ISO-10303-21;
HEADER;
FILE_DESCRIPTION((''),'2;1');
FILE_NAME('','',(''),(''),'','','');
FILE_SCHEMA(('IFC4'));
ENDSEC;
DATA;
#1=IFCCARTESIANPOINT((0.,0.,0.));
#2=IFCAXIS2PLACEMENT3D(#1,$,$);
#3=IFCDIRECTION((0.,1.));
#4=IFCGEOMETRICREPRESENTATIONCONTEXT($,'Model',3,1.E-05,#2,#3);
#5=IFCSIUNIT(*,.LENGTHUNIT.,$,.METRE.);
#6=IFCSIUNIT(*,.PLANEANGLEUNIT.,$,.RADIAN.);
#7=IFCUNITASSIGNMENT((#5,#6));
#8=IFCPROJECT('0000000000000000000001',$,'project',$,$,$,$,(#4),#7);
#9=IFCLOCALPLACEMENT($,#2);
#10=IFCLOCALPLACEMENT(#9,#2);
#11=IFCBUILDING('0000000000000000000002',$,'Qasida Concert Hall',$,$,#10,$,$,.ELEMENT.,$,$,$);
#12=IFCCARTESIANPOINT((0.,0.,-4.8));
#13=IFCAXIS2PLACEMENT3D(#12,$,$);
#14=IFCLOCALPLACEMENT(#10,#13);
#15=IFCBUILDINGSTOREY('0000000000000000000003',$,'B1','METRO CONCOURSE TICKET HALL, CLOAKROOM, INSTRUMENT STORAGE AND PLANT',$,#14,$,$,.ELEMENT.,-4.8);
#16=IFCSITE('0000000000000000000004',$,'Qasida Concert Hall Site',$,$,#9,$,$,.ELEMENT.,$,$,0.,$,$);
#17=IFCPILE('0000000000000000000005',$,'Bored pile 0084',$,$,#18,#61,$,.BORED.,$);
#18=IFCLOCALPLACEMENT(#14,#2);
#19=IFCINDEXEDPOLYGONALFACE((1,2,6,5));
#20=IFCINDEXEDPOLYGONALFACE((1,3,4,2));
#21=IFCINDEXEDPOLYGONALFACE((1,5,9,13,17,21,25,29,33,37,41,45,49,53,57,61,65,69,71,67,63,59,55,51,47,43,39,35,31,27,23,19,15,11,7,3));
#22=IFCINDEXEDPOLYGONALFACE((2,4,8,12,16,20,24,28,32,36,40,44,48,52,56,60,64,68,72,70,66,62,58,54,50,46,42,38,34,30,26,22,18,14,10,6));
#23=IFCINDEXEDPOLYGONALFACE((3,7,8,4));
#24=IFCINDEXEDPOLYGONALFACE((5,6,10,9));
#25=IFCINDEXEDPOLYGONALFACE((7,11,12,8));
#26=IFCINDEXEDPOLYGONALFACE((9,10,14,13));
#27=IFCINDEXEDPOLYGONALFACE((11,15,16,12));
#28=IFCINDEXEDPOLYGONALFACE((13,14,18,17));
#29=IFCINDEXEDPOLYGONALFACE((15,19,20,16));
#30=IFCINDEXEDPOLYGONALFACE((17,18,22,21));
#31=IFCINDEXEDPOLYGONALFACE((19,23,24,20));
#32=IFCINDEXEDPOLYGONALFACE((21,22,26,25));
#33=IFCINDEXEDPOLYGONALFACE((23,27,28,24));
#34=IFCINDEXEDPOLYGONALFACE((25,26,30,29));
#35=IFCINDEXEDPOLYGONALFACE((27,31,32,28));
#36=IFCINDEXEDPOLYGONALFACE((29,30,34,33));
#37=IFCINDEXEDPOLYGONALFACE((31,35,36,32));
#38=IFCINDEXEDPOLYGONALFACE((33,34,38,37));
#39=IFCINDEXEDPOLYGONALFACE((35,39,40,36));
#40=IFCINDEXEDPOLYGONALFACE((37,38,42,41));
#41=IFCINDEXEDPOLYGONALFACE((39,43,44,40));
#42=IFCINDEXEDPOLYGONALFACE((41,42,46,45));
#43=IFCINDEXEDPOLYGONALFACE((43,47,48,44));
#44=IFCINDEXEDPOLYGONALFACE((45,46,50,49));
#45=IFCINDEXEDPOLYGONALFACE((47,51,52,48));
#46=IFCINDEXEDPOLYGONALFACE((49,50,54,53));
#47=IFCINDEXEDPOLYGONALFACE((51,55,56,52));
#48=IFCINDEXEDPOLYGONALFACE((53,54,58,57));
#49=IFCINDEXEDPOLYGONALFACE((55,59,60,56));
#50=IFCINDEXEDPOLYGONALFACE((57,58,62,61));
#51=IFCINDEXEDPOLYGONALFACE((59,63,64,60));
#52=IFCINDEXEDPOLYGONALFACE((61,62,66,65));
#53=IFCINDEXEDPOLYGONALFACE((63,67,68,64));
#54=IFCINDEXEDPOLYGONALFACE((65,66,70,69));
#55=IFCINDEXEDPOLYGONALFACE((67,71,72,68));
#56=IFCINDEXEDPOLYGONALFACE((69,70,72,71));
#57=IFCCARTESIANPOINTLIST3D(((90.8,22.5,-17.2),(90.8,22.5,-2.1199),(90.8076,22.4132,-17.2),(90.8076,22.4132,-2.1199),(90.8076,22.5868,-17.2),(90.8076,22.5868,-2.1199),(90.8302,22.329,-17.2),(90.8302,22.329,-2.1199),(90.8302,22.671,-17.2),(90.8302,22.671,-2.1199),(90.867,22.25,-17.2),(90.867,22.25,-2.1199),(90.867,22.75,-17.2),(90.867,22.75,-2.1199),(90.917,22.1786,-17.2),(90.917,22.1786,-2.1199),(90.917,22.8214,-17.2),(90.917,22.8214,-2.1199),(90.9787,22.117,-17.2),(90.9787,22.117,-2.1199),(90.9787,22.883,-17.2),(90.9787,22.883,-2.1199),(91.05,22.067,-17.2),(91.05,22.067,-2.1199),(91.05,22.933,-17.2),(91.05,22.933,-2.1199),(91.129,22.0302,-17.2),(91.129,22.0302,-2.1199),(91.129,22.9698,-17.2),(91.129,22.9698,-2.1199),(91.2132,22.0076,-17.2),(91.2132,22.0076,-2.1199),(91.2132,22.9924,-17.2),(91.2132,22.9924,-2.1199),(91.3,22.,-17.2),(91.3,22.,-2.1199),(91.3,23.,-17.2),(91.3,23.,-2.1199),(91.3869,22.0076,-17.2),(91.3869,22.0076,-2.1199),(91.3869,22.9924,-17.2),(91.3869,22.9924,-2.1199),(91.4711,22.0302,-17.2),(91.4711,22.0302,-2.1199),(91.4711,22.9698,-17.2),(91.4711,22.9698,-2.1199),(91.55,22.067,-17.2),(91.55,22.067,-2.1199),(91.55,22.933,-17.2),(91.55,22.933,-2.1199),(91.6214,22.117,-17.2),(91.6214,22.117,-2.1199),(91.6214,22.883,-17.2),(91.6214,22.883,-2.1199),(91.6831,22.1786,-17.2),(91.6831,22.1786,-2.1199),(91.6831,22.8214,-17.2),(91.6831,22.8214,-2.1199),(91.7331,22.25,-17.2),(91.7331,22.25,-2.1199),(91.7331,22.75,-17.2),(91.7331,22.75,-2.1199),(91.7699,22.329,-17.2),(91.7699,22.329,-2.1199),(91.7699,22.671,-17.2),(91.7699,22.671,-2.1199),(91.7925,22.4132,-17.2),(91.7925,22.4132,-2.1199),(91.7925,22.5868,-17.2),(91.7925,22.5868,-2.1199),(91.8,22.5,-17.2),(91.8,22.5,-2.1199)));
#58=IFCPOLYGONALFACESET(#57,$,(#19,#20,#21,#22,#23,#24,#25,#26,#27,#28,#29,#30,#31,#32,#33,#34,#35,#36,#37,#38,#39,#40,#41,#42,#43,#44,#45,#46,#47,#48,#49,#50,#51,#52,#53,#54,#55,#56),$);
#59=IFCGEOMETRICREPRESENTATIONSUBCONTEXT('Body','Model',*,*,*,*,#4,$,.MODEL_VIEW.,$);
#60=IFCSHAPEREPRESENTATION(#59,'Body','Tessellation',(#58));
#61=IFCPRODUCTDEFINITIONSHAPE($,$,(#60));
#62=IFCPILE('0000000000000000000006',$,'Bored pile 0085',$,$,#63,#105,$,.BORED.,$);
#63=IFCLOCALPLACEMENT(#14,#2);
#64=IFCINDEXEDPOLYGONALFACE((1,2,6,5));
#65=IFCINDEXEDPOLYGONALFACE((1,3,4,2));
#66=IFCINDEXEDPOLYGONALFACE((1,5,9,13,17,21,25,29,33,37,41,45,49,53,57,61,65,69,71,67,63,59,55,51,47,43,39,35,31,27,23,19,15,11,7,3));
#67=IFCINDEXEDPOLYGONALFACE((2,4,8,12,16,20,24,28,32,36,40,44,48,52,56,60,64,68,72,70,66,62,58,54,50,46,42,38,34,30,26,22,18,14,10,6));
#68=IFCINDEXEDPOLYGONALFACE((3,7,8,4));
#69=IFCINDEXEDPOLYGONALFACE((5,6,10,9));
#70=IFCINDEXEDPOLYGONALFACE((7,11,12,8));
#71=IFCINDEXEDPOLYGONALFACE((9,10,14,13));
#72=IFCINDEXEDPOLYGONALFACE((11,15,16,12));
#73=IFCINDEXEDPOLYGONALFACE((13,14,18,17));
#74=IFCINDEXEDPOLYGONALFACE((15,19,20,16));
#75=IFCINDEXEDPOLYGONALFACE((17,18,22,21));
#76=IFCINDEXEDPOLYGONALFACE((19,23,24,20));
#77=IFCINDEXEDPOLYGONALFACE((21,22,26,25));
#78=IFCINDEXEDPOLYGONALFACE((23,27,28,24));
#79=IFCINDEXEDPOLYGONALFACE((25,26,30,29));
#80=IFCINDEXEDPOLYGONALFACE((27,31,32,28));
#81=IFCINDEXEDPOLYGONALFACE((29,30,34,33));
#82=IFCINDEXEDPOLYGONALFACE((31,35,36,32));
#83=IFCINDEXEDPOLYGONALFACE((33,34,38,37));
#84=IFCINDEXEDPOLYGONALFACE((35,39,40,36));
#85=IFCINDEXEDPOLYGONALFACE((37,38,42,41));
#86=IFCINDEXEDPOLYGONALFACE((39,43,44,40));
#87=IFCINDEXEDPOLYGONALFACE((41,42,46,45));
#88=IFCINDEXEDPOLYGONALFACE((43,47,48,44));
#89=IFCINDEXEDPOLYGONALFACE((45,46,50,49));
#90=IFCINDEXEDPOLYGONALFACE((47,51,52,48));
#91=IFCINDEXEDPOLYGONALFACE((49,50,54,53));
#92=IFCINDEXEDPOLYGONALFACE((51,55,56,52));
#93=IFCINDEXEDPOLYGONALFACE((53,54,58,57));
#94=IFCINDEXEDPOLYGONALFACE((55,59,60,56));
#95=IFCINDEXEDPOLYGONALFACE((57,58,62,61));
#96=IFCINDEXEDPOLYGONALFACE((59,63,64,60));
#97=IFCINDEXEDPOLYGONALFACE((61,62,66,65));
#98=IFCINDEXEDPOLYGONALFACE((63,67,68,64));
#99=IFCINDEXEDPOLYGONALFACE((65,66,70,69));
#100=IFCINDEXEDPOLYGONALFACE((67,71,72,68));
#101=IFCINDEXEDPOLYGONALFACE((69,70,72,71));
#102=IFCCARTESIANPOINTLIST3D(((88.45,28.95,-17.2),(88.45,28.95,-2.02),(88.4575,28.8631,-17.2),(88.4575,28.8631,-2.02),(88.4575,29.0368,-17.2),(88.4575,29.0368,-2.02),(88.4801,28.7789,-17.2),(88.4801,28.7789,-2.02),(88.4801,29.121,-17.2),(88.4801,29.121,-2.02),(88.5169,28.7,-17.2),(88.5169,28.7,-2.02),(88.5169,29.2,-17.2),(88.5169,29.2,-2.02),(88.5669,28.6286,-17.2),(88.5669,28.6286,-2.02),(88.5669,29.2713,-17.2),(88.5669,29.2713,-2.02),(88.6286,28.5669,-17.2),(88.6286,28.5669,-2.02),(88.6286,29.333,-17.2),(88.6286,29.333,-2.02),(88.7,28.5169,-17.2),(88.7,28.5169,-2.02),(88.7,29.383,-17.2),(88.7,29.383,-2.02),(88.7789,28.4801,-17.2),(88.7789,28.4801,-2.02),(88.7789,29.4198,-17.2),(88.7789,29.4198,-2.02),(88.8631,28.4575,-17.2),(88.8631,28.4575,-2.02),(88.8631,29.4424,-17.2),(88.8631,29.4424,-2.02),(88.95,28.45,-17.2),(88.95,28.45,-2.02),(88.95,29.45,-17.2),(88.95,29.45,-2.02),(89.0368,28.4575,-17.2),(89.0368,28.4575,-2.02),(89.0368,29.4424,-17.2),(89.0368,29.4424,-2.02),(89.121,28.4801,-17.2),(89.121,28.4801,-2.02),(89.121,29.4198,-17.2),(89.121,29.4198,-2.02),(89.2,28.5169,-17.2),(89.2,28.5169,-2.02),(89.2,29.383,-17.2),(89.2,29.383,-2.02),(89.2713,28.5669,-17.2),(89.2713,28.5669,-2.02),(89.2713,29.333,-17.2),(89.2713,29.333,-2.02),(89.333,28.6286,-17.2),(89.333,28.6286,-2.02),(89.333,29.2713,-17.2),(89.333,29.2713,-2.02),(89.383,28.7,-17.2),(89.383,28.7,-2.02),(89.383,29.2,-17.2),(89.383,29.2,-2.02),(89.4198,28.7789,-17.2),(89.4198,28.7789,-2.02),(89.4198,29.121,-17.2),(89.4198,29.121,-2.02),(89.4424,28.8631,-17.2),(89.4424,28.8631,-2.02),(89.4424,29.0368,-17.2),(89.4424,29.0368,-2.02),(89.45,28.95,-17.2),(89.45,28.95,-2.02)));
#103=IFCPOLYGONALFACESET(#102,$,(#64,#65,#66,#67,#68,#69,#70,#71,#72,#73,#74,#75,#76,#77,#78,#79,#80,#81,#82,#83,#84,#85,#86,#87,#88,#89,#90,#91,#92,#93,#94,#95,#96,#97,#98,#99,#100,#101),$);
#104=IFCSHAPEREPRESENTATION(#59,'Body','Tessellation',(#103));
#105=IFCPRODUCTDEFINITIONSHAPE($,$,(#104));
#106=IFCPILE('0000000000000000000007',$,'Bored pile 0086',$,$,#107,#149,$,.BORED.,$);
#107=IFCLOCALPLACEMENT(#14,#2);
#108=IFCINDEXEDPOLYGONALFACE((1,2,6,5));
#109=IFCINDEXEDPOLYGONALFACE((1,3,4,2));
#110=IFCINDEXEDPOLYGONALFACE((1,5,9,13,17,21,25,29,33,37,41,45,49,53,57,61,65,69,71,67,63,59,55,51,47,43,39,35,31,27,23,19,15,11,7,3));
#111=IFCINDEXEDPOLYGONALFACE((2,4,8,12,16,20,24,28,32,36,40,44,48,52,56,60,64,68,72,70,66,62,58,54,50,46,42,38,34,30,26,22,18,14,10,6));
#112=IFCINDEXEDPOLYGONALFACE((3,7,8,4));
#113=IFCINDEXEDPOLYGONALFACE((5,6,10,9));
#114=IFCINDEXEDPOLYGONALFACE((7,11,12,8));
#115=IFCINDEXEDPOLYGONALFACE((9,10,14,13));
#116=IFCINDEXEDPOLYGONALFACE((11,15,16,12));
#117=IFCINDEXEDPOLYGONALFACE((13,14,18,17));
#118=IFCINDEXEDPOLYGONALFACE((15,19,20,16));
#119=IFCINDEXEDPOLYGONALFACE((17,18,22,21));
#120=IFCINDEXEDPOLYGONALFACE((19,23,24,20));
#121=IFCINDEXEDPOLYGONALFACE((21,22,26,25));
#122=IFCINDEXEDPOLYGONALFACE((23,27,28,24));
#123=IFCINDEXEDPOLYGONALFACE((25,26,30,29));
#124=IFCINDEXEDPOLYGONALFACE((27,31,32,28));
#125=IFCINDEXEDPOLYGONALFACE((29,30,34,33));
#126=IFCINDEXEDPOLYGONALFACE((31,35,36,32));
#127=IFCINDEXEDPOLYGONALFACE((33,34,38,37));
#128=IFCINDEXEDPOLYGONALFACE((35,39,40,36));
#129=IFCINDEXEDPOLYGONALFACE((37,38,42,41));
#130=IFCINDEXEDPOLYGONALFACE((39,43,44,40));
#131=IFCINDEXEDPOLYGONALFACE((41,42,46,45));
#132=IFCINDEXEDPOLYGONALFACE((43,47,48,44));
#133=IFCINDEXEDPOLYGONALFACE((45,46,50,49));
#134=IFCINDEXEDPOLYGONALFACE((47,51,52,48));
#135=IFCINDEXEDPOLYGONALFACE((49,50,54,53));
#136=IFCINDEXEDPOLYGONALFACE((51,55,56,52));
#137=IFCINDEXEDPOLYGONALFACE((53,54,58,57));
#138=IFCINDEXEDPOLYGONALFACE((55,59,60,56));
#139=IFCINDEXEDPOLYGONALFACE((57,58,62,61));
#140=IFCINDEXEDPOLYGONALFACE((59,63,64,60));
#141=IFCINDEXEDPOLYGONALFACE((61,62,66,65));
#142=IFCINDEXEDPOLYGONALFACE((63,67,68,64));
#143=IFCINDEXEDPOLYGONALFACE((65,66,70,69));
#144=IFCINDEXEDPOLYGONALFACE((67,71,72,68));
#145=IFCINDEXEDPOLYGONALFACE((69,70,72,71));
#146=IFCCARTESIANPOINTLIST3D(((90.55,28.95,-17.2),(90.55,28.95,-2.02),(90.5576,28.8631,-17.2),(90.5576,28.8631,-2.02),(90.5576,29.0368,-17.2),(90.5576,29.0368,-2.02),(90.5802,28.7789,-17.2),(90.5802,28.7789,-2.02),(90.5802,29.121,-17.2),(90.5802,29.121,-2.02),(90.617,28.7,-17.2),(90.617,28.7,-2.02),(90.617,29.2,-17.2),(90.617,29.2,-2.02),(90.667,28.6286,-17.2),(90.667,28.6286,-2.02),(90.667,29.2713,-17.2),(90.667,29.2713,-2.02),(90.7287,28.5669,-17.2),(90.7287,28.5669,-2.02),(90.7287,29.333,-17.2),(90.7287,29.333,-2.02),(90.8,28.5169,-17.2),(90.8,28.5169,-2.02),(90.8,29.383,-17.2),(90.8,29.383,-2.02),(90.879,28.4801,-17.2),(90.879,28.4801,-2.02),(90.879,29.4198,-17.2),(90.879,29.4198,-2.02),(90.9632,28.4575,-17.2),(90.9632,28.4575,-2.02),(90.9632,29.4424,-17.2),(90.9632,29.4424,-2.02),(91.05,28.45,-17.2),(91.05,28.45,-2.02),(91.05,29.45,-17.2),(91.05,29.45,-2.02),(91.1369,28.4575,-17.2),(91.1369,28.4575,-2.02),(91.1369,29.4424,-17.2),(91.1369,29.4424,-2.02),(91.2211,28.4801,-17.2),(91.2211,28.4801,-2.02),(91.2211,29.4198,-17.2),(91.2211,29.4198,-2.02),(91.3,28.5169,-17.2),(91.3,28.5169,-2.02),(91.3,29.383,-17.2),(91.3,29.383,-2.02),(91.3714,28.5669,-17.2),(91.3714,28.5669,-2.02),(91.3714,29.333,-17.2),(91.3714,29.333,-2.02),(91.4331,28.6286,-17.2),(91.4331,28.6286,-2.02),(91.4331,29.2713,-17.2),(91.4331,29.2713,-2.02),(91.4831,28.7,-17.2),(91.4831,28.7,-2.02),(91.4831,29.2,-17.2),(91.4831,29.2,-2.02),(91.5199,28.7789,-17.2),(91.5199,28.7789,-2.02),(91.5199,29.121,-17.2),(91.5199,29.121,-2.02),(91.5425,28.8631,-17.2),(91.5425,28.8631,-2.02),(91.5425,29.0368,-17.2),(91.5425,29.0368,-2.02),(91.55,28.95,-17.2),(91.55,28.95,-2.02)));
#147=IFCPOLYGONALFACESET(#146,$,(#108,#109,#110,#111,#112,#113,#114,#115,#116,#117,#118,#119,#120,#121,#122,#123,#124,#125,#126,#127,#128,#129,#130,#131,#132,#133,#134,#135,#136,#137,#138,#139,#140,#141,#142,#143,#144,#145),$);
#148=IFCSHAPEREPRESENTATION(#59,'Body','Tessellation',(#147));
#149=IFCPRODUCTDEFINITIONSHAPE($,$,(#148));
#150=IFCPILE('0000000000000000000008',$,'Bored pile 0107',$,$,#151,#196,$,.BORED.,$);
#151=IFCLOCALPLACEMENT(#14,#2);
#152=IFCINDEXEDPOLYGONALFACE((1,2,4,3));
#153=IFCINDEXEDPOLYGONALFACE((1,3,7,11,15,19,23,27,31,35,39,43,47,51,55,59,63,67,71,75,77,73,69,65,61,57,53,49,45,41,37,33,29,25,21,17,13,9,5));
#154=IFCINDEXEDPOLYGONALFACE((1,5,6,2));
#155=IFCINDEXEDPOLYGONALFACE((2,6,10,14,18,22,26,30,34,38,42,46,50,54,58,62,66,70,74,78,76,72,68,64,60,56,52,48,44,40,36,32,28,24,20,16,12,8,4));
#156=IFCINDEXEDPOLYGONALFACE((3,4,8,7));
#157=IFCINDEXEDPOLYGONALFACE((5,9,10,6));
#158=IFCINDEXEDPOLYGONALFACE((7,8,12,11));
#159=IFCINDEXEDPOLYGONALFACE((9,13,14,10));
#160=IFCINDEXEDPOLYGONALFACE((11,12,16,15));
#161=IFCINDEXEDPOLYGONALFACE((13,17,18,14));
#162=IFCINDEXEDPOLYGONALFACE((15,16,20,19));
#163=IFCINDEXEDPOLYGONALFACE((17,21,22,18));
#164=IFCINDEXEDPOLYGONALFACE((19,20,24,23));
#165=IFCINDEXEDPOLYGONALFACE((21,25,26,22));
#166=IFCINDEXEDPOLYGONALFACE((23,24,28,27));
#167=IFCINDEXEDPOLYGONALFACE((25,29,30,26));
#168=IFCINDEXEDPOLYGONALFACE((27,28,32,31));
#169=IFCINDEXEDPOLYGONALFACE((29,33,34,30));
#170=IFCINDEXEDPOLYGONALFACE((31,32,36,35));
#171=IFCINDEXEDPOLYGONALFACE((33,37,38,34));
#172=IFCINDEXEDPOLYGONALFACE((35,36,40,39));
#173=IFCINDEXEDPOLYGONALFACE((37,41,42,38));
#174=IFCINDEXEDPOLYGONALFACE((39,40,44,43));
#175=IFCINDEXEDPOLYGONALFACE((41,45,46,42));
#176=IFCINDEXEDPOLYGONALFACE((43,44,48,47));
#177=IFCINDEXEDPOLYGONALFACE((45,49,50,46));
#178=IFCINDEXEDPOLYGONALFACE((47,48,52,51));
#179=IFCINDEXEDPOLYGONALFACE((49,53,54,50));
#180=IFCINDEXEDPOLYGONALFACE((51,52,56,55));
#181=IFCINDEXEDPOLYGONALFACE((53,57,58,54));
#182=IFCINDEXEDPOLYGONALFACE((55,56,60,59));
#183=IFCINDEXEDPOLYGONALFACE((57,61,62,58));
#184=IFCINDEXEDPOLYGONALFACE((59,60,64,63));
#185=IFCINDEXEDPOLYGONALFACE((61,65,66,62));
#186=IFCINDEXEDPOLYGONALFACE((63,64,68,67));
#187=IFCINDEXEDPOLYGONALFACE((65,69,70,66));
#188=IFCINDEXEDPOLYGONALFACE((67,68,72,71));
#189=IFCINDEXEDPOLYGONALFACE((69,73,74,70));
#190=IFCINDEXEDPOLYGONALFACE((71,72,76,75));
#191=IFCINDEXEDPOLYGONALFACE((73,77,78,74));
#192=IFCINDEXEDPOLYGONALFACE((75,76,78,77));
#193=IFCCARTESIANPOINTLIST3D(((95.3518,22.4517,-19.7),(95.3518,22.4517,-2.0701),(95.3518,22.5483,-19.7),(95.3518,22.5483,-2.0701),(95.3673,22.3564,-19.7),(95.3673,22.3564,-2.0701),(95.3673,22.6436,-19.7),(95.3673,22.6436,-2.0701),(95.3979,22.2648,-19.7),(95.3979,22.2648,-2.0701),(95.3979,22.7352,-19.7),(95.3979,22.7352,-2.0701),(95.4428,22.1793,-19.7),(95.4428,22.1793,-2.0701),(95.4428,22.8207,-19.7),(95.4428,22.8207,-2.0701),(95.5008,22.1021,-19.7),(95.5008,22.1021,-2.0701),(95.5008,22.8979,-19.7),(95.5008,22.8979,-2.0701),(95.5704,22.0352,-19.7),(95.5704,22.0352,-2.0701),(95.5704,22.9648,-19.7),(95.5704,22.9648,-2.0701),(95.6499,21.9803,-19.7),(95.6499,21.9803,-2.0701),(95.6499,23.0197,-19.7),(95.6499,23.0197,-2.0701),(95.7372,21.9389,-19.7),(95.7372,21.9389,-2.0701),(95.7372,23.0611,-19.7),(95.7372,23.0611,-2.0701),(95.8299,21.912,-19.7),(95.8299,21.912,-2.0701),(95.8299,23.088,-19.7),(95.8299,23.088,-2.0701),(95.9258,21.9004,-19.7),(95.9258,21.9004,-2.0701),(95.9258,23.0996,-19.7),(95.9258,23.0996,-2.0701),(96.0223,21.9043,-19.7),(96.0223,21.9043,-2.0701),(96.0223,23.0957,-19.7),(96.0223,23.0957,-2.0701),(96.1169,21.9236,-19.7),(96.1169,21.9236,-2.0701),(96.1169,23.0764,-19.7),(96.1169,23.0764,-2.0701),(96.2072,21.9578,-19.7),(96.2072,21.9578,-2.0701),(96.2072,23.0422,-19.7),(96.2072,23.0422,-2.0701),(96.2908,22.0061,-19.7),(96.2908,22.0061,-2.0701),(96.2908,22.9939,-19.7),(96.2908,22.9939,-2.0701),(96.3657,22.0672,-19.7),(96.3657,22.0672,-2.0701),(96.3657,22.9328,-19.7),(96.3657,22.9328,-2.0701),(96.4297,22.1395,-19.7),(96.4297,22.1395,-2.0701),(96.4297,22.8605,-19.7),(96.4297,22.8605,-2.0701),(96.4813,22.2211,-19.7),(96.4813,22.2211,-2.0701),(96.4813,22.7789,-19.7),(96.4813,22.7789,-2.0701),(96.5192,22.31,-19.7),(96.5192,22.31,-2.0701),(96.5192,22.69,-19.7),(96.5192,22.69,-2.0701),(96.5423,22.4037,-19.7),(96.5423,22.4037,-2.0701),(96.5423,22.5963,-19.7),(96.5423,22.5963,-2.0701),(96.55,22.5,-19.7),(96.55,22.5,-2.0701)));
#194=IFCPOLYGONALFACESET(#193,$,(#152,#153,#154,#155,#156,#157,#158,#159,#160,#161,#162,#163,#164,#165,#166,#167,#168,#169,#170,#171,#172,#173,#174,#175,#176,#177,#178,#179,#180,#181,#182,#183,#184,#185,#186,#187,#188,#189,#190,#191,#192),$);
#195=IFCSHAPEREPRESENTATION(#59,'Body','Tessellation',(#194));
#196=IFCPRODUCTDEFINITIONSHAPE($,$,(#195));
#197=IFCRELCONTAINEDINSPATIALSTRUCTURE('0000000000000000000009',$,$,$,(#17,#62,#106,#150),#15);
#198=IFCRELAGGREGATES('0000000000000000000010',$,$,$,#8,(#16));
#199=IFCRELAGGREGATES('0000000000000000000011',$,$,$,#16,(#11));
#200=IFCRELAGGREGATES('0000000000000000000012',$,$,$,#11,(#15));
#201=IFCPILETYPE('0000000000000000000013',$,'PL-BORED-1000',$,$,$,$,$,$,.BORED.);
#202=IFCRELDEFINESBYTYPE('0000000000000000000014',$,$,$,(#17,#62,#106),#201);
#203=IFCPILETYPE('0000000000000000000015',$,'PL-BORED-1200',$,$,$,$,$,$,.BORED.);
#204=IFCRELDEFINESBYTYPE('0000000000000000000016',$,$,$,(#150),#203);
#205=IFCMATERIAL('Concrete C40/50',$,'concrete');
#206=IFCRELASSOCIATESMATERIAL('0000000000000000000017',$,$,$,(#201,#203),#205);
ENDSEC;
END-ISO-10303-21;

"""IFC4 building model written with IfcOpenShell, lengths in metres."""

from ifc_helpers import new_model, si_unit, direction, frame, origin, origin_2d, place, context, subcontext, project, spatial, circle, extrude, material, material_profile, profile_set, type_object, element, save


model = new_model("IFC4")

# Units and contexts
model_context = context("Model", 3, precision=1e-05, world=origin(), true_north=direction((0.0, 1.0)))
body_context = subcontext(model_context, "Body", "Model", "MODEL_VIEW")
ifc_project = project(units=[si_unit("LENGTHUNIT", "METRE"), si_unit("PLANEANGLEUNIT", "RADIAN")], contexts=[model_context])

# Site, building, storey
site_placement = place(None, origin())
site = spatial("IfcSite", under=ifc_project, at=site_placement, Name="Qasida Concert Hall Site", CompositionType="ELEMENT", RefElevation=0.0)
building_placement = place(site_placement, origin())
building = spatial("IfcBuilding", under=site, at=building_placement, Name="Qasida Concert Hall", CompositionType="ELEMENT")
storey_placement = place(building_placement, frame((0.0, 0.0, -4.8)))
storey = spatial("IfcBuildingStorey", under=building, at=storey_placement, Name="B1", Description="METRO CONCOURSE TICKET HALL, CLOAKROOM, INSTRUMENT STORAGE AND PLANT", CompositionType="ELEMENT", Elevation=-4.8)

# Shared definitions
ifc_material_1 = material(Name="Concrete C40/50", Category="concrete")

# Piles
ifc_material_profile_1 = material_profile(ifc_material_1, circle(Radius=0.5, at=origin_2d()), Name="BORED PILE D1000")
ifc_profile_set_1 = profile_set([ifc_material_profile_1], Name="Concrete C40/50")
pile_type_1 = type_object("IfcPileType", Name="PL-BORED-1000", PredefinedType="BORED", material=ifc_profile_set_1)
for number, where, z_axis, x_axis, name in (
    (1, (91.3, 22.5, -2.1199), (0.0, 0.0, -1.0), (1.0, 0.0, 0.0), "Bored pile 0084"),
):
    element("IfcPile", number, at=place(storey_placement, frame(where, z_axis=z_axis, x_axis=x_axis)), inside=storey, type_object=pile_type_1, Name=name, PredefinedType="BORED", context=body_context, shape_type="SweptSolid", body=[
        extrude(circle(Radius=0.5, at=origin_2d()), origin(), (0.0, 0.0, 1.0), 15.0801),
    ])
for number, where, z_axis, x_axis, name in (
    (2, (88.95, 28.95, -2.02), (0.0, 0.0, -1.0), (1.0, 0.0, 0.0), "Bored pile 0085"),
    (3, (91.05, 28.95, -2.02), (0.0, 0.0, -1.0), (1.0, 0.0, 0.0), "Bored pile 0086"),
):
    element("IfcPile", number, at=place(storey_placement, frame(where, z_axis=z_axis, x_axis=x_axis)), inside=storey, type_object=pile_type_1, Name=name, PredefinedType="BORED", context=body_context, shape_type="SweptSolid", body=[
        extrude(circle(Radius=0.5, at=origin_2d()), origin(), (0.0, 0.0, 1.0), 15.1799),
    ])
ifc_material_profile_2 = material_profile(ifc_material_1, circle(Radius=0.6001, at=origin_2d()), Name="BORED PILE D1200")
ifc_profile_set_2 = profile_set([ifc_material_profile_2], Name="Concrete C40/50")
pile_type_2 = type_object("IfcPileType", Name="PL-BORED-1200", PredefinedType="BORED", material=ifc_profile_set_2)
for number, where, z_axis, x_axis, name in (
    (4, (95.95, 22.5, -2.0701), (0.0, 0.0, -1.0), (1.0, 0.0, 0.0), "Bored pile 0107"),
):
    element("IfcPile", number, at=place(storey_placement, frame(where, z_axis=z_axis, x_axis=x_axis)), inside=storey, type_object=pile_type_2, Name=name, PredefinedType="BORED", context=body_context, shape_type="SweptSolid", body=[
        extrude(circle(Radius=0.6001, at=origin_2d()), origin(), (0.0, 0.0, 1.0), 17.6299),
    ])

save(model, "model.ifc")
